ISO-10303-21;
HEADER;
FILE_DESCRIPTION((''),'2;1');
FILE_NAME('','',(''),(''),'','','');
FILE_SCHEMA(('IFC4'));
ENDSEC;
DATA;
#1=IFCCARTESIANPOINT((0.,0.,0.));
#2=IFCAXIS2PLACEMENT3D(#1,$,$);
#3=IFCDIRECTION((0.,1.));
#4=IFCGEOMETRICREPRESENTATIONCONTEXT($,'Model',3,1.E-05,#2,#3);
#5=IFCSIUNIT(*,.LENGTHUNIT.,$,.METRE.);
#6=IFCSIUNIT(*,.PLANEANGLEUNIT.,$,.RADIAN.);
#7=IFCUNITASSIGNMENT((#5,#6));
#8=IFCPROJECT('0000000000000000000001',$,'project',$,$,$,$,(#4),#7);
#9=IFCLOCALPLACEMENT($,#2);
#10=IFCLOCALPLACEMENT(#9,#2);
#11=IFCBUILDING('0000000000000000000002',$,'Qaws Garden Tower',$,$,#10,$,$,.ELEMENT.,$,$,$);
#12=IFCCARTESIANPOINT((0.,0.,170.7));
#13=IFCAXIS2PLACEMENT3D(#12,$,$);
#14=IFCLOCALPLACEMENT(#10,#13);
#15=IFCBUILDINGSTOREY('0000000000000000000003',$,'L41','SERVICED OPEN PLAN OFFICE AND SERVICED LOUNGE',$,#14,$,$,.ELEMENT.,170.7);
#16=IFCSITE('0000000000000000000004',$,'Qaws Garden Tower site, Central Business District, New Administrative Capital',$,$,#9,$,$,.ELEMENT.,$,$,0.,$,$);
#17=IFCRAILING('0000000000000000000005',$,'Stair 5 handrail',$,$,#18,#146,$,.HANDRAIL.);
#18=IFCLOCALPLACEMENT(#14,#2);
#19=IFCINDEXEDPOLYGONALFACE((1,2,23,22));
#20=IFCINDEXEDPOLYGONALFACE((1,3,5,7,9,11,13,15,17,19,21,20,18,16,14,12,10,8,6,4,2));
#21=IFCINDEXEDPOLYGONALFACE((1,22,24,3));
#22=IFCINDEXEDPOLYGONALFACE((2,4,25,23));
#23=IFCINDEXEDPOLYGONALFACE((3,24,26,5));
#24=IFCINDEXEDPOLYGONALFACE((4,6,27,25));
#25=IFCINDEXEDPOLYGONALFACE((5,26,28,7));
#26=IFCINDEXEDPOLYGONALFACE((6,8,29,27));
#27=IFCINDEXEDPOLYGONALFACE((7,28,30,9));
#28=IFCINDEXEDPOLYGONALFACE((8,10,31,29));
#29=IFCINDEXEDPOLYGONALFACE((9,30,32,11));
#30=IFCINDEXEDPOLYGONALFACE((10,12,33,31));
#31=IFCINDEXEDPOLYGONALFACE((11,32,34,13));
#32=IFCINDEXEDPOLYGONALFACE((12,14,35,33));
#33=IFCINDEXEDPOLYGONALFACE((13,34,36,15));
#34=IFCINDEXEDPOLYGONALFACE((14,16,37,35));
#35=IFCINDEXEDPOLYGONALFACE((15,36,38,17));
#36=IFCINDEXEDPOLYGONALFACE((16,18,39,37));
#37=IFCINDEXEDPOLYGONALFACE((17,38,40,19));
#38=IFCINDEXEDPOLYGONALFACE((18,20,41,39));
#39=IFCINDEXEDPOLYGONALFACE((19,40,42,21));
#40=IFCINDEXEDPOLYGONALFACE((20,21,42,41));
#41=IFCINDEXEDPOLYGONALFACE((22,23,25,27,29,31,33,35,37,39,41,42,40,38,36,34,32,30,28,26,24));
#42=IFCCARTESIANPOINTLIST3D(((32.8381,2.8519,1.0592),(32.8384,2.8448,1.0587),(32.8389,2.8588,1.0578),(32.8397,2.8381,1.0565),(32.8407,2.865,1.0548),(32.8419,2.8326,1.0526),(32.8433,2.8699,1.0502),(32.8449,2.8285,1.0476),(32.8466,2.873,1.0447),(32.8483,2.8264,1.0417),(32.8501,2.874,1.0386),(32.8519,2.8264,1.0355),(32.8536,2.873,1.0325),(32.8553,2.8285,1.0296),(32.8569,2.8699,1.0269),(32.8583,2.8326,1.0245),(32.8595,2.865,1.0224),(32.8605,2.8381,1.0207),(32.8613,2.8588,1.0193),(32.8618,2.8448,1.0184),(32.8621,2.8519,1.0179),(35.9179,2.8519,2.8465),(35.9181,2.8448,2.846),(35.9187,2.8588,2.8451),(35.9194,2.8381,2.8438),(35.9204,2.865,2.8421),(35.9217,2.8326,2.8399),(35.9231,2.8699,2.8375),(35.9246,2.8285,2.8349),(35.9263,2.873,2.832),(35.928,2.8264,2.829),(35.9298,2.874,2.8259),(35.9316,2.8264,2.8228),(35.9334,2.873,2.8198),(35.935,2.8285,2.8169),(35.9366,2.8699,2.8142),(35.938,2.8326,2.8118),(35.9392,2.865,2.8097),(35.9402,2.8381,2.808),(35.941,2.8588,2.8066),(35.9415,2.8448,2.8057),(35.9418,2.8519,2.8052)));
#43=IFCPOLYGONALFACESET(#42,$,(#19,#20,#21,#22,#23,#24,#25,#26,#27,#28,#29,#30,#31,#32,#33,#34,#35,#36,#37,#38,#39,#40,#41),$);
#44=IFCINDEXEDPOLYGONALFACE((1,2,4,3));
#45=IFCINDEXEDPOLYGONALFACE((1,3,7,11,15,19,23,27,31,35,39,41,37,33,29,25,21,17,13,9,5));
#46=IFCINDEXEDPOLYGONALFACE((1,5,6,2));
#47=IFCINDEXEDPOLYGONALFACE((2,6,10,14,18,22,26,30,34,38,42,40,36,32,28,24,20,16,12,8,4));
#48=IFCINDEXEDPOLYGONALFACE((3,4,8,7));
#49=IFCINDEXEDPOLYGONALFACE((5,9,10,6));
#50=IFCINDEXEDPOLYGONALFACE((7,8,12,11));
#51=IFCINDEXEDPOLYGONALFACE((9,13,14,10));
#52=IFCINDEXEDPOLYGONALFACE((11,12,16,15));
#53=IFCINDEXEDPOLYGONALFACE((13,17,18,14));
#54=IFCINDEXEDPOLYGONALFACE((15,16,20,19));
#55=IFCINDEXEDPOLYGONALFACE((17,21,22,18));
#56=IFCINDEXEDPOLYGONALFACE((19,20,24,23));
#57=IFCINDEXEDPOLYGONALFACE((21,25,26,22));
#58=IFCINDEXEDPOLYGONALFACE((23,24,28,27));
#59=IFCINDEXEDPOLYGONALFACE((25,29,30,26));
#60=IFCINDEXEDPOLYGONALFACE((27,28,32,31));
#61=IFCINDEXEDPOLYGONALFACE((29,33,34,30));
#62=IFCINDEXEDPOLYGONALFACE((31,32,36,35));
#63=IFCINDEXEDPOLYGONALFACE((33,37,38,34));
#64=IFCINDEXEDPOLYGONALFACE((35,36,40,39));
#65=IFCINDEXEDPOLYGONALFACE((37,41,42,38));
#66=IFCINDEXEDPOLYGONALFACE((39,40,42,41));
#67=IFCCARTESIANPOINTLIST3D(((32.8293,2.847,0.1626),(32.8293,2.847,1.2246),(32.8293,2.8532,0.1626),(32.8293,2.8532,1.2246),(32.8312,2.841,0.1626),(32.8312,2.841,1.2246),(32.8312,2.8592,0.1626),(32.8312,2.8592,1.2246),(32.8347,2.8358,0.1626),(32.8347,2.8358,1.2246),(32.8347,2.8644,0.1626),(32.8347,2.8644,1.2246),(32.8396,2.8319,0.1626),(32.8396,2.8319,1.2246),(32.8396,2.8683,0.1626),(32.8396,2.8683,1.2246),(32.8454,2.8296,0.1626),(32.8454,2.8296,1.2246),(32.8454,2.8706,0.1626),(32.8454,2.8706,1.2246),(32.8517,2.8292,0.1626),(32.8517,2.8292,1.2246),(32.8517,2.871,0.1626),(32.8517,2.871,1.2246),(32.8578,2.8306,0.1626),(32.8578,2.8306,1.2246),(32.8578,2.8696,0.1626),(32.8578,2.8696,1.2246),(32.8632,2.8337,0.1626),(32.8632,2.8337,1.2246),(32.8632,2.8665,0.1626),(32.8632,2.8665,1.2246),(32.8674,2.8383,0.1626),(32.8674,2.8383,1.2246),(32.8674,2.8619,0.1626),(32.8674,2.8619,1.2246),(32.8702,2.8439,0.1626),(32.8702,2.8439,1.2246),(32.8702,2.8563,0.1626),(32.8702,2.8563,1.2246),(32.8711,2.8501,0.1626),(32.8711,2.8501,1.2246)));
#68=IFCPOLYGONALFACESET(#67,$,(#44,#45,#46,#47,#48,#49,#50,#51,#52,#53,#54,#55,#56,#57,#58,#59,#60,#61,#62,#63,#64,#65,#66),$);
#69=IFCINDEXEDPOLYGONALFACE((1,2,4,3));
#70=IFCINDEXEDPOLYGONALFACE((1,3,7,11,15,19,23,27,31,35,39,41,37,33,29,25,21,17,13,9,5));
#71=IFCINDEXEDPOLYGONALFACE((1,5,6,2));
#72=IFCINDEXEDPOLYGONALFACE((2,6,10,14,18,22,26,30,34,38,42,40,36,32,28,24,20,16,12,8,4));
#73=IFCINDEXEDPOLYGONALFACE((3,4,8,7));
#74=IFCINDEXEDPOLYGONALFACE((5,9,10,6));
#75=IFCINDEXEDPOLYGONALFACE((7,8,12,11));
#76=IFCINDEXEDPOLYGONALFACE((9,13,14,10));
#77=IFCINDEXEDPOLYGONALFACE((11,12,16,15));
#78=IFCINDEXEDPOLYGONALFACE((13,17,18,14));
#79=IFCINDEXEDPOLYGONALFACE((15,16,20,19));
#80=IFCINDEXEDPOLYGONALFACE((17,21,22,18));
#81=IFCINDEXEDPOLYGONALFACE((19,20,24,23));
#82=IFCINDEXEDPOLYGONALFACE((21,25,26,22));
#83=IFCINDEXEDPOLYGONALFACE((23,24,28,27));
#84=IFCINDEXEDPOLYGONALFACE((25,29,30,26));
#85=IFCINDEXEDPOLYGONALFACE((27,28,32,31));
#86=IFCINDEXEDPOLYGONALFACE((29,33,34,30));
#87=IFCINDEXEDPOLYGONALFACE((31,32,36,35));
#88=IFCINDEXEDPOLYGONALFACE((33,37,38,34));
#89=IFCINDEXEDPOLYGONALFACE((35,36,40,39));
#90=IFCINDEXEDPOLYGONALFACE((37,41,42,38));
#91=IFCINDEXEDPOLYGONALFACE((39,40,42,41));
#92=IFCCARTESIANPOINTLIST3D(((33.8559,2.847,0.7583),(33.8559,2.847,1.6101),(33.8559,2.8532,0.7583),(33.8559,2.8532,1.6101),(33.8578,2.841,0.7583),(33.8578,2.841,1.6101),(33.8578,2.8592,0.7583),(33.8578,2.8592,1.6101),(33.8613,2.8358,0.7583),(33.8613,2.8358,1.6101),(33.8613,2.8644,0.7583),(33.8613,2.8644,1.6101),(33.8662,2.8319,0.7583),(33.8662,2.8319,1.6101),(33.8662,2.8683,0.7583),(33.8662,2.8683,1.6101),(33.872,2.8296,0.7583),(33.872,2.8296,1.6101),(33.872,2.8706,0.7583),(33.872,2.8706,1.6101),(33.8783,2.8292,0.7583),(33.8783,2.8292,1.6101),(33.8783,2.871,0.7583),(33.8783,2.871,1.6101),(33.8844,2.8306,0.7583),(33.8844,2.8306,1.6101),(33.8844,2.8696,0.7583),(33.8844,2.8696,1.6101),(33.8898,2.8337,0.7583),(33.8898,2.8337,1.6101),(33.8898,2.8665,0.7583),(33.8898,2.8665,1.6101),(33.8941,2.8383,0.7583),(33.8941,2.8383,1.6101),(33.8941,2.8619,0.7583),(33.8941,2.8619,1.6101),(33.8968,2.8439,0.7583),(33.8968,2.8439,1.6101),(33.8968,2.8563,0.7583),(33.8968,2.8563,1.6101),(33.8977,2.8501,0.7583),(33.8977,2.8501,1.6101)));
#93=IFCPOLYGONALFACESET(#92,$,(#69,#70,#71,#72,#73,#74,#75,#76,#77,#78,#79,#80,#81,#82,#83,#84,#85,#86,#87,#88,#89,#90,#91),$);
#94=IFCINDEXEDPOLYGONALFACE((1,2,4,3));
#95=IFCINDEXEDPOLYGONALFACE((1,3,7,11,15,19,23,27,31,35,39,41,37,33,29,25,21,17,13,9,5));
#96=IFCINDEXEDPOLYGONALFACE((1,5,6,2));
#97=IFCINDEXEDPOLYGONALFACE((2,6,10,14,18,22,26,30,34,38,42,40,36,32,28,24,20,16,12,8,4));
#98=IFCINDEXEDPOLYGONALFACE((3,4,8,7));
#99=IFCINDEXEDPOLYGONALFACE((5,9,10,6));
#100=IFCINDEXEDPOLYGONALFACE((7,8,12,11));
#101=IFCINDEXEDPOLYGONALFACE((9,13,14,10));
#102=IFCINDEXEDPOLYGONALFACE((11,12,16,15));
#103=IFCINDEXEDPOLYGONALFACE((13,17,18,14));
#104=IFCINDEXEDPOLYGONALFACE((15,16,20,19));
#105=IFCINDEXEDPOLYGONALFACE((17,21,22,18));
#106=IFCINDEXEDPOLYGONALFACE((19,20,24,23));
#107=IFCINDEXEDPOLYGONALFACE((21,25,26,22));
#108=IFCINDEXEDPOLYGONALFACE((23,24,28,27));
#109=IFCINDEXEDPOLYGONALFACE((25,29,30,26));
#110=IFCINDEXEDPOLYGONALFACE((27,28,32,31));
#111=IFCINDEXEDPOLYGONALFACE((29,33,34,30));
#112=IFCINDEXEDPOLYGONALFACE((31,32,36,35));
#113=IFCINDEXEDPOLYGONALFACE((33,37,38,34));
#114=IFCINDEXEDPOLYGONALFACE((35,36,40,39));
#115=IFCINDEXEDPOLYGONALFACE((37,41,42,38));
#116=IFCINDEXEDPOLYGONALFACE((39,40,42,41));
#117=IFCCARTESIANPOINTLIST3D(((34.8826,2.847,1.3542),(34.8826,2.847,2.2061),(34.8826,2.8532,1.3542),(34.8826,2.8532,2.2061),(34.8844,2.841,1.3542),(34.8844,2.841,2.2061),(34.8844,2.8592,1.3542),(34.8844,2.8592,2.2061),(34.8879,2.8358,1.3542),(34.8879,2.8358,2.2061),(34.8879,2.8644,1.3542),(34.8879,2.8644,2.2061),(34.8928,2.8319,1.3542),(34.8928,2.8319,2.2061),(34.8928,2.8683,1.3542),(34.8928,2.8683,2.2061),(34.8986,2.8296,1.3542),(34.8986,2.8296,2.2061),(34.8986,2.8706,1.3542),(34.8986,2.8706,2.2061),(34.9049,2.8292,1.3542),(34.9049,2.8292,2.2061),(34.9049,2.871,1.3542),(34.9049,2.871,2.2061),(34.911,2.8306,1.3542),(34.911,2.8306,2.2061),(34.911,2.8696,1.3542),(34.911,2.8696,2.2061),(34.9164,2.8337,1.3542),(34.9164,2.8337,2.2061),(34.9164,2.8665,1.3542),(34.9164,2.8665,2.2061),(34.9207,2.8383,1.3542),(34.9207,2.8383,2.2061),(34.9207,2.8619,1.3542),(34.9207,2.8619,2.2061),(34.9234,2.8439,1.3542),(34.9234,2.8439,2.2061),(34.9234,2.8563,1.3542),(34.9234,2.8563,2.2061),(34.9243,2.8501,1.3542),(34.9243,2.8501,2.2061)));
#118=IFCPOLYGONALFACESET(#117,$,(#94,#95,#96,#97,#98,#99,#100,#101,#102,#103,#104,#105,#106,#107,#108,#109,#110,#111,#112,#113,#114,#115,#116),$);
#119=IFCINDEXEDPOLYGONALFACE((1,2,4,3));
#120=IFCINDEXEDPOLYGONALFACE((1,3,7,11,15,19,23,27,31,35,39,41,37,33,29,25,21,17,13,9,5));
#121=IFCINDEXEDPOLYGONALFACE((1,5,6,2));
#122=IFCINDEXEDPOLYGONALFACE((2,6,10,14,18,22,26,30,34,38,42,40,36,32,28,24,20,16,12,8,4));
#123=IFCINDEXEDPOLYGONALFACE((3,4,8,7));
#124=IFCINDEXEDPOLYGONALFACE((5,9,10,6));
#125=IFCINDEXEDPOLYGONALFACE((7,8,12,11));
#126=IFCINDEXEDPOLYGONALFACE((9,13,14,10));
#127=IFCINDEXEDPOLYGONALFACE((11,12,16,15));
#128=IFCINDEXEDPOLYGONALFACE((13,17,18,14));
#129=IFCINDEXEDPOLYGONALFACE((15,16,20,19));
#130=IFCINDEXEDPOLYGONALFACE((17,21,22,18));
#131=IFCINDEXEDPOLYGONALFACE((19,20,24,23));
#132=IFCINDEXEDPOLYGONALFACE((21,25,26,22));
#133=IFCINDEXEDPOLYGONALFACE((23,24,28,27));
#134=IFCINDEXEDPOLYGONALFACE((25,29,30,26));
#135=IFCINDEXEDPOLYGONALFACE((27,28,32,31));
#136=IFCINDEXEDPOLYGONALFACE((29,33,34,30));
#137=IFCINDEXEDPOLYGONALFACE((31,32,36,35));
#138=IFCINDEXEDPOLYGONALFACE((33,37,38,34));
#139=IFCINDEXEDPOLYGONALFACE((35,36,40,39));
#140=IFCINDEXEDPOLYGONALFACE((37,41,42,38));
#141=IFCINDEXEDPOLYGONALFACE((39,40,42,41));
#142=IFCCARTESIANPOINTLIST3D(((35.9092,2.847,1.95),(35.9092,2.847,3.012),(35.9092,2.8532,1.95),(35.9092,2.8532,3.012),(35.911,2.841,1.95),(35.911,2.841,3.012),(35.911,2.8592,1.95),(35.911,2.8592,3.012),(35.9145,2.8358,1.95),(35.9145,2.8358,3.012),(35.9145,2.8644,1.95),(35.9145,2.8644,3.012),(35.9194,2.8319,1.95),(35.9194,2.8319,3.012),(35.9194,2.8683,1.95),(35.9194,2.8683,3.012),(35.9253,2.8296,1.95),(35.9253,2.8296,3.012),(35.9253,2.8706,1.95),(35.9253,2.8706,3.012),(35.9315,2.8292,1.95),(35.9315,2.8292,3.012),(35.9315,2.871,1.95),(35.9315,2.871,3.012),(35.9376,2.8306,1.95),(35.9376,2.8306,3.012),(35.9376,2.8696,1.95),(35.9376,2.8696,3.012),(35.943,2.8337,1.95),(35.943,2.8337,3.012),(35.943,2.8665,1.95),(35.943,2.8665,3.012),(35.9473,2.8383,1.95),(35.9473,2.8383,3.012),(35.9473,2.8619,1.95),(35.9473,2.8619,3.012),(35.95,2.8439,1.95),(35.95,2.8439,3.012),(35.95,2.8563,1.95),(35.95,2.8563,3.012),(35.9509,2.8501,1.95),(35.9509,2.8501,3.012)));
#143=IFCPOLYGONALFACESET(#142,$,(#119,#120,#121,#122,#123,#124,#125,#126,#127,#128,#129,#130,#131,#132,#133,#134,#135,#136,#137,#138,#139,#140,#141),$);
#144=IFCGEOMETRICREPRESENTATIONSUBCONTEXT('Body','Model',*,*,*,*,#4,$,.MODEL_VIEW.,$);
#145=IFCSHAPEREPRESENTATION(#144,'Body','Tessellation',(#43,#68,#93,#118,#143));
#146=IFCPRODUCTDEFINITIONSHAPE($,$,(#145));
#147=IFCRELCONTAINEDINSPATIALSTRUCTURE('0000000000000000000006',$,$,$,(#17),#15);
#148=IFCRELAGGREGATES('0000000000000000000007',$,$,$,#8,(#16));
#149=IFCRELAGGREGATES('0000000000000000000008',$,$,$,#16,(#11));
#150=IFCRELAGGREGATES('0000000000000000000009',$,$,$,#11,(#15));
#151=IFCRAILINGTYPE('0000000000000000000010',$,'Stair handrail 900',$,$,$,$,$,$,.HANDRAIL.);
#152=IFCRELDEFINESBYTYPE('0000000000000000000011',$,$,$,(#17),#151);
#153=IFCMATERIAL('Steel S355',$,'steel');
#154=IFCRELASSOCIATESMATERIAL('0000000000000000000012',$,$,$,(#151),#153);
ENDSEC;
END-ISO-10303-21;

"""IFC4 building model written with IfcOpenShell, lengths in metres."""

from ifc_helpers import new_model, si_unit, direction, frame, origin, origin_2d, place, context, subcontext, project, spatial, circle, extrude, material, type_object, element, save


model = new_model("IFC4")

# Units and contexts
model_context = context("Model", 3, precision=1e-05, world=origin(), true_north=direction((0.0, 1.0)))
body_context = subcontext(model_context, "Body", "Model", "MODEL_VIEW")
ifc_project = project(units=[si_unit("LENGTHUNIT", "METRE"), si_unit("PLANEANGLEUNIT", "RADIAN")], contexts=[model_context])

# Site, building, storey
site_placement = place(None, origin())
site = spatial("IfcSite", under=ifc_project, at=site_placement, Name="Qaws Garden Tower site, Central Business District, New Administrative Capital", CompositionType="ELEMENT", RefElevation=0.0)
building_placement = place(site_placement, origin())
building = spatial("IfcBuilding", under=site, at=building_placement, Name="Qaws Garden Tower", CompositionType="ELEMENT")
storey_placement = place(building_placement, frame((0.0, 0.0, 170.7)))
storey = spatial("IfcBuildingStorey", under=building, at=storey_placement, Name="L41", Description="SERVICED OPEN PLAN OFFICE AND SERVICED LOUNGE", CompositionType="ELEMENT", Elevation=170.7)

# Railing
ifc_material_1 = material(Name="Steel S355", Category="steel")
railing_type = type_object("IfcRailingType", Name="Stair handrail 900", PredefinedType="HANDRAIL", material=ifc_material_1)
railing_1_placement = place(storey_placement, frame((32.8501, 2.8501, 0.1626)))
element("IfcRailing", 1, at=railing_1_placement, inside=storey, type_object=railing_type, Name="Stair 5 handrail", PredefinedType="HANDRAIL", context=body_context, shape_type="SweptSolid", body=[
    extrude(circle(Radius=0.0239, at=origin_2d()), frame((0.0, 0.0, 0.876), z_axis=(0.864903, 0.0, 0.501939), x_axis=(0.0, 1.0, 0.0)), (0.0, 0.0, 1.0), 3.5608),
    extrude(circle(Radius=0.021, at=origin_2d()), origin(), (0.0, 0.0, 1.0), 1.062),
    extrude(circle(Radius=0.021, at=origin_2d()), frame((1.0266, 0.0, 0.5957)), (0.0, 0.0, 1.0), 0.8518),
    extrude(circle(Radius=0.021, at=origin_2d()), frame((2.0532, 0.0, 1.1917)), (0.0, 0.0, 1.0), 0.8518),
    extrude(circle(Radius=0.021, at=origin_2d()), frame((3.0798, 0.0, 1.7874)), (0.0, 0.0, 1.0), 1.062),
])

save(model, "model.ifc")
